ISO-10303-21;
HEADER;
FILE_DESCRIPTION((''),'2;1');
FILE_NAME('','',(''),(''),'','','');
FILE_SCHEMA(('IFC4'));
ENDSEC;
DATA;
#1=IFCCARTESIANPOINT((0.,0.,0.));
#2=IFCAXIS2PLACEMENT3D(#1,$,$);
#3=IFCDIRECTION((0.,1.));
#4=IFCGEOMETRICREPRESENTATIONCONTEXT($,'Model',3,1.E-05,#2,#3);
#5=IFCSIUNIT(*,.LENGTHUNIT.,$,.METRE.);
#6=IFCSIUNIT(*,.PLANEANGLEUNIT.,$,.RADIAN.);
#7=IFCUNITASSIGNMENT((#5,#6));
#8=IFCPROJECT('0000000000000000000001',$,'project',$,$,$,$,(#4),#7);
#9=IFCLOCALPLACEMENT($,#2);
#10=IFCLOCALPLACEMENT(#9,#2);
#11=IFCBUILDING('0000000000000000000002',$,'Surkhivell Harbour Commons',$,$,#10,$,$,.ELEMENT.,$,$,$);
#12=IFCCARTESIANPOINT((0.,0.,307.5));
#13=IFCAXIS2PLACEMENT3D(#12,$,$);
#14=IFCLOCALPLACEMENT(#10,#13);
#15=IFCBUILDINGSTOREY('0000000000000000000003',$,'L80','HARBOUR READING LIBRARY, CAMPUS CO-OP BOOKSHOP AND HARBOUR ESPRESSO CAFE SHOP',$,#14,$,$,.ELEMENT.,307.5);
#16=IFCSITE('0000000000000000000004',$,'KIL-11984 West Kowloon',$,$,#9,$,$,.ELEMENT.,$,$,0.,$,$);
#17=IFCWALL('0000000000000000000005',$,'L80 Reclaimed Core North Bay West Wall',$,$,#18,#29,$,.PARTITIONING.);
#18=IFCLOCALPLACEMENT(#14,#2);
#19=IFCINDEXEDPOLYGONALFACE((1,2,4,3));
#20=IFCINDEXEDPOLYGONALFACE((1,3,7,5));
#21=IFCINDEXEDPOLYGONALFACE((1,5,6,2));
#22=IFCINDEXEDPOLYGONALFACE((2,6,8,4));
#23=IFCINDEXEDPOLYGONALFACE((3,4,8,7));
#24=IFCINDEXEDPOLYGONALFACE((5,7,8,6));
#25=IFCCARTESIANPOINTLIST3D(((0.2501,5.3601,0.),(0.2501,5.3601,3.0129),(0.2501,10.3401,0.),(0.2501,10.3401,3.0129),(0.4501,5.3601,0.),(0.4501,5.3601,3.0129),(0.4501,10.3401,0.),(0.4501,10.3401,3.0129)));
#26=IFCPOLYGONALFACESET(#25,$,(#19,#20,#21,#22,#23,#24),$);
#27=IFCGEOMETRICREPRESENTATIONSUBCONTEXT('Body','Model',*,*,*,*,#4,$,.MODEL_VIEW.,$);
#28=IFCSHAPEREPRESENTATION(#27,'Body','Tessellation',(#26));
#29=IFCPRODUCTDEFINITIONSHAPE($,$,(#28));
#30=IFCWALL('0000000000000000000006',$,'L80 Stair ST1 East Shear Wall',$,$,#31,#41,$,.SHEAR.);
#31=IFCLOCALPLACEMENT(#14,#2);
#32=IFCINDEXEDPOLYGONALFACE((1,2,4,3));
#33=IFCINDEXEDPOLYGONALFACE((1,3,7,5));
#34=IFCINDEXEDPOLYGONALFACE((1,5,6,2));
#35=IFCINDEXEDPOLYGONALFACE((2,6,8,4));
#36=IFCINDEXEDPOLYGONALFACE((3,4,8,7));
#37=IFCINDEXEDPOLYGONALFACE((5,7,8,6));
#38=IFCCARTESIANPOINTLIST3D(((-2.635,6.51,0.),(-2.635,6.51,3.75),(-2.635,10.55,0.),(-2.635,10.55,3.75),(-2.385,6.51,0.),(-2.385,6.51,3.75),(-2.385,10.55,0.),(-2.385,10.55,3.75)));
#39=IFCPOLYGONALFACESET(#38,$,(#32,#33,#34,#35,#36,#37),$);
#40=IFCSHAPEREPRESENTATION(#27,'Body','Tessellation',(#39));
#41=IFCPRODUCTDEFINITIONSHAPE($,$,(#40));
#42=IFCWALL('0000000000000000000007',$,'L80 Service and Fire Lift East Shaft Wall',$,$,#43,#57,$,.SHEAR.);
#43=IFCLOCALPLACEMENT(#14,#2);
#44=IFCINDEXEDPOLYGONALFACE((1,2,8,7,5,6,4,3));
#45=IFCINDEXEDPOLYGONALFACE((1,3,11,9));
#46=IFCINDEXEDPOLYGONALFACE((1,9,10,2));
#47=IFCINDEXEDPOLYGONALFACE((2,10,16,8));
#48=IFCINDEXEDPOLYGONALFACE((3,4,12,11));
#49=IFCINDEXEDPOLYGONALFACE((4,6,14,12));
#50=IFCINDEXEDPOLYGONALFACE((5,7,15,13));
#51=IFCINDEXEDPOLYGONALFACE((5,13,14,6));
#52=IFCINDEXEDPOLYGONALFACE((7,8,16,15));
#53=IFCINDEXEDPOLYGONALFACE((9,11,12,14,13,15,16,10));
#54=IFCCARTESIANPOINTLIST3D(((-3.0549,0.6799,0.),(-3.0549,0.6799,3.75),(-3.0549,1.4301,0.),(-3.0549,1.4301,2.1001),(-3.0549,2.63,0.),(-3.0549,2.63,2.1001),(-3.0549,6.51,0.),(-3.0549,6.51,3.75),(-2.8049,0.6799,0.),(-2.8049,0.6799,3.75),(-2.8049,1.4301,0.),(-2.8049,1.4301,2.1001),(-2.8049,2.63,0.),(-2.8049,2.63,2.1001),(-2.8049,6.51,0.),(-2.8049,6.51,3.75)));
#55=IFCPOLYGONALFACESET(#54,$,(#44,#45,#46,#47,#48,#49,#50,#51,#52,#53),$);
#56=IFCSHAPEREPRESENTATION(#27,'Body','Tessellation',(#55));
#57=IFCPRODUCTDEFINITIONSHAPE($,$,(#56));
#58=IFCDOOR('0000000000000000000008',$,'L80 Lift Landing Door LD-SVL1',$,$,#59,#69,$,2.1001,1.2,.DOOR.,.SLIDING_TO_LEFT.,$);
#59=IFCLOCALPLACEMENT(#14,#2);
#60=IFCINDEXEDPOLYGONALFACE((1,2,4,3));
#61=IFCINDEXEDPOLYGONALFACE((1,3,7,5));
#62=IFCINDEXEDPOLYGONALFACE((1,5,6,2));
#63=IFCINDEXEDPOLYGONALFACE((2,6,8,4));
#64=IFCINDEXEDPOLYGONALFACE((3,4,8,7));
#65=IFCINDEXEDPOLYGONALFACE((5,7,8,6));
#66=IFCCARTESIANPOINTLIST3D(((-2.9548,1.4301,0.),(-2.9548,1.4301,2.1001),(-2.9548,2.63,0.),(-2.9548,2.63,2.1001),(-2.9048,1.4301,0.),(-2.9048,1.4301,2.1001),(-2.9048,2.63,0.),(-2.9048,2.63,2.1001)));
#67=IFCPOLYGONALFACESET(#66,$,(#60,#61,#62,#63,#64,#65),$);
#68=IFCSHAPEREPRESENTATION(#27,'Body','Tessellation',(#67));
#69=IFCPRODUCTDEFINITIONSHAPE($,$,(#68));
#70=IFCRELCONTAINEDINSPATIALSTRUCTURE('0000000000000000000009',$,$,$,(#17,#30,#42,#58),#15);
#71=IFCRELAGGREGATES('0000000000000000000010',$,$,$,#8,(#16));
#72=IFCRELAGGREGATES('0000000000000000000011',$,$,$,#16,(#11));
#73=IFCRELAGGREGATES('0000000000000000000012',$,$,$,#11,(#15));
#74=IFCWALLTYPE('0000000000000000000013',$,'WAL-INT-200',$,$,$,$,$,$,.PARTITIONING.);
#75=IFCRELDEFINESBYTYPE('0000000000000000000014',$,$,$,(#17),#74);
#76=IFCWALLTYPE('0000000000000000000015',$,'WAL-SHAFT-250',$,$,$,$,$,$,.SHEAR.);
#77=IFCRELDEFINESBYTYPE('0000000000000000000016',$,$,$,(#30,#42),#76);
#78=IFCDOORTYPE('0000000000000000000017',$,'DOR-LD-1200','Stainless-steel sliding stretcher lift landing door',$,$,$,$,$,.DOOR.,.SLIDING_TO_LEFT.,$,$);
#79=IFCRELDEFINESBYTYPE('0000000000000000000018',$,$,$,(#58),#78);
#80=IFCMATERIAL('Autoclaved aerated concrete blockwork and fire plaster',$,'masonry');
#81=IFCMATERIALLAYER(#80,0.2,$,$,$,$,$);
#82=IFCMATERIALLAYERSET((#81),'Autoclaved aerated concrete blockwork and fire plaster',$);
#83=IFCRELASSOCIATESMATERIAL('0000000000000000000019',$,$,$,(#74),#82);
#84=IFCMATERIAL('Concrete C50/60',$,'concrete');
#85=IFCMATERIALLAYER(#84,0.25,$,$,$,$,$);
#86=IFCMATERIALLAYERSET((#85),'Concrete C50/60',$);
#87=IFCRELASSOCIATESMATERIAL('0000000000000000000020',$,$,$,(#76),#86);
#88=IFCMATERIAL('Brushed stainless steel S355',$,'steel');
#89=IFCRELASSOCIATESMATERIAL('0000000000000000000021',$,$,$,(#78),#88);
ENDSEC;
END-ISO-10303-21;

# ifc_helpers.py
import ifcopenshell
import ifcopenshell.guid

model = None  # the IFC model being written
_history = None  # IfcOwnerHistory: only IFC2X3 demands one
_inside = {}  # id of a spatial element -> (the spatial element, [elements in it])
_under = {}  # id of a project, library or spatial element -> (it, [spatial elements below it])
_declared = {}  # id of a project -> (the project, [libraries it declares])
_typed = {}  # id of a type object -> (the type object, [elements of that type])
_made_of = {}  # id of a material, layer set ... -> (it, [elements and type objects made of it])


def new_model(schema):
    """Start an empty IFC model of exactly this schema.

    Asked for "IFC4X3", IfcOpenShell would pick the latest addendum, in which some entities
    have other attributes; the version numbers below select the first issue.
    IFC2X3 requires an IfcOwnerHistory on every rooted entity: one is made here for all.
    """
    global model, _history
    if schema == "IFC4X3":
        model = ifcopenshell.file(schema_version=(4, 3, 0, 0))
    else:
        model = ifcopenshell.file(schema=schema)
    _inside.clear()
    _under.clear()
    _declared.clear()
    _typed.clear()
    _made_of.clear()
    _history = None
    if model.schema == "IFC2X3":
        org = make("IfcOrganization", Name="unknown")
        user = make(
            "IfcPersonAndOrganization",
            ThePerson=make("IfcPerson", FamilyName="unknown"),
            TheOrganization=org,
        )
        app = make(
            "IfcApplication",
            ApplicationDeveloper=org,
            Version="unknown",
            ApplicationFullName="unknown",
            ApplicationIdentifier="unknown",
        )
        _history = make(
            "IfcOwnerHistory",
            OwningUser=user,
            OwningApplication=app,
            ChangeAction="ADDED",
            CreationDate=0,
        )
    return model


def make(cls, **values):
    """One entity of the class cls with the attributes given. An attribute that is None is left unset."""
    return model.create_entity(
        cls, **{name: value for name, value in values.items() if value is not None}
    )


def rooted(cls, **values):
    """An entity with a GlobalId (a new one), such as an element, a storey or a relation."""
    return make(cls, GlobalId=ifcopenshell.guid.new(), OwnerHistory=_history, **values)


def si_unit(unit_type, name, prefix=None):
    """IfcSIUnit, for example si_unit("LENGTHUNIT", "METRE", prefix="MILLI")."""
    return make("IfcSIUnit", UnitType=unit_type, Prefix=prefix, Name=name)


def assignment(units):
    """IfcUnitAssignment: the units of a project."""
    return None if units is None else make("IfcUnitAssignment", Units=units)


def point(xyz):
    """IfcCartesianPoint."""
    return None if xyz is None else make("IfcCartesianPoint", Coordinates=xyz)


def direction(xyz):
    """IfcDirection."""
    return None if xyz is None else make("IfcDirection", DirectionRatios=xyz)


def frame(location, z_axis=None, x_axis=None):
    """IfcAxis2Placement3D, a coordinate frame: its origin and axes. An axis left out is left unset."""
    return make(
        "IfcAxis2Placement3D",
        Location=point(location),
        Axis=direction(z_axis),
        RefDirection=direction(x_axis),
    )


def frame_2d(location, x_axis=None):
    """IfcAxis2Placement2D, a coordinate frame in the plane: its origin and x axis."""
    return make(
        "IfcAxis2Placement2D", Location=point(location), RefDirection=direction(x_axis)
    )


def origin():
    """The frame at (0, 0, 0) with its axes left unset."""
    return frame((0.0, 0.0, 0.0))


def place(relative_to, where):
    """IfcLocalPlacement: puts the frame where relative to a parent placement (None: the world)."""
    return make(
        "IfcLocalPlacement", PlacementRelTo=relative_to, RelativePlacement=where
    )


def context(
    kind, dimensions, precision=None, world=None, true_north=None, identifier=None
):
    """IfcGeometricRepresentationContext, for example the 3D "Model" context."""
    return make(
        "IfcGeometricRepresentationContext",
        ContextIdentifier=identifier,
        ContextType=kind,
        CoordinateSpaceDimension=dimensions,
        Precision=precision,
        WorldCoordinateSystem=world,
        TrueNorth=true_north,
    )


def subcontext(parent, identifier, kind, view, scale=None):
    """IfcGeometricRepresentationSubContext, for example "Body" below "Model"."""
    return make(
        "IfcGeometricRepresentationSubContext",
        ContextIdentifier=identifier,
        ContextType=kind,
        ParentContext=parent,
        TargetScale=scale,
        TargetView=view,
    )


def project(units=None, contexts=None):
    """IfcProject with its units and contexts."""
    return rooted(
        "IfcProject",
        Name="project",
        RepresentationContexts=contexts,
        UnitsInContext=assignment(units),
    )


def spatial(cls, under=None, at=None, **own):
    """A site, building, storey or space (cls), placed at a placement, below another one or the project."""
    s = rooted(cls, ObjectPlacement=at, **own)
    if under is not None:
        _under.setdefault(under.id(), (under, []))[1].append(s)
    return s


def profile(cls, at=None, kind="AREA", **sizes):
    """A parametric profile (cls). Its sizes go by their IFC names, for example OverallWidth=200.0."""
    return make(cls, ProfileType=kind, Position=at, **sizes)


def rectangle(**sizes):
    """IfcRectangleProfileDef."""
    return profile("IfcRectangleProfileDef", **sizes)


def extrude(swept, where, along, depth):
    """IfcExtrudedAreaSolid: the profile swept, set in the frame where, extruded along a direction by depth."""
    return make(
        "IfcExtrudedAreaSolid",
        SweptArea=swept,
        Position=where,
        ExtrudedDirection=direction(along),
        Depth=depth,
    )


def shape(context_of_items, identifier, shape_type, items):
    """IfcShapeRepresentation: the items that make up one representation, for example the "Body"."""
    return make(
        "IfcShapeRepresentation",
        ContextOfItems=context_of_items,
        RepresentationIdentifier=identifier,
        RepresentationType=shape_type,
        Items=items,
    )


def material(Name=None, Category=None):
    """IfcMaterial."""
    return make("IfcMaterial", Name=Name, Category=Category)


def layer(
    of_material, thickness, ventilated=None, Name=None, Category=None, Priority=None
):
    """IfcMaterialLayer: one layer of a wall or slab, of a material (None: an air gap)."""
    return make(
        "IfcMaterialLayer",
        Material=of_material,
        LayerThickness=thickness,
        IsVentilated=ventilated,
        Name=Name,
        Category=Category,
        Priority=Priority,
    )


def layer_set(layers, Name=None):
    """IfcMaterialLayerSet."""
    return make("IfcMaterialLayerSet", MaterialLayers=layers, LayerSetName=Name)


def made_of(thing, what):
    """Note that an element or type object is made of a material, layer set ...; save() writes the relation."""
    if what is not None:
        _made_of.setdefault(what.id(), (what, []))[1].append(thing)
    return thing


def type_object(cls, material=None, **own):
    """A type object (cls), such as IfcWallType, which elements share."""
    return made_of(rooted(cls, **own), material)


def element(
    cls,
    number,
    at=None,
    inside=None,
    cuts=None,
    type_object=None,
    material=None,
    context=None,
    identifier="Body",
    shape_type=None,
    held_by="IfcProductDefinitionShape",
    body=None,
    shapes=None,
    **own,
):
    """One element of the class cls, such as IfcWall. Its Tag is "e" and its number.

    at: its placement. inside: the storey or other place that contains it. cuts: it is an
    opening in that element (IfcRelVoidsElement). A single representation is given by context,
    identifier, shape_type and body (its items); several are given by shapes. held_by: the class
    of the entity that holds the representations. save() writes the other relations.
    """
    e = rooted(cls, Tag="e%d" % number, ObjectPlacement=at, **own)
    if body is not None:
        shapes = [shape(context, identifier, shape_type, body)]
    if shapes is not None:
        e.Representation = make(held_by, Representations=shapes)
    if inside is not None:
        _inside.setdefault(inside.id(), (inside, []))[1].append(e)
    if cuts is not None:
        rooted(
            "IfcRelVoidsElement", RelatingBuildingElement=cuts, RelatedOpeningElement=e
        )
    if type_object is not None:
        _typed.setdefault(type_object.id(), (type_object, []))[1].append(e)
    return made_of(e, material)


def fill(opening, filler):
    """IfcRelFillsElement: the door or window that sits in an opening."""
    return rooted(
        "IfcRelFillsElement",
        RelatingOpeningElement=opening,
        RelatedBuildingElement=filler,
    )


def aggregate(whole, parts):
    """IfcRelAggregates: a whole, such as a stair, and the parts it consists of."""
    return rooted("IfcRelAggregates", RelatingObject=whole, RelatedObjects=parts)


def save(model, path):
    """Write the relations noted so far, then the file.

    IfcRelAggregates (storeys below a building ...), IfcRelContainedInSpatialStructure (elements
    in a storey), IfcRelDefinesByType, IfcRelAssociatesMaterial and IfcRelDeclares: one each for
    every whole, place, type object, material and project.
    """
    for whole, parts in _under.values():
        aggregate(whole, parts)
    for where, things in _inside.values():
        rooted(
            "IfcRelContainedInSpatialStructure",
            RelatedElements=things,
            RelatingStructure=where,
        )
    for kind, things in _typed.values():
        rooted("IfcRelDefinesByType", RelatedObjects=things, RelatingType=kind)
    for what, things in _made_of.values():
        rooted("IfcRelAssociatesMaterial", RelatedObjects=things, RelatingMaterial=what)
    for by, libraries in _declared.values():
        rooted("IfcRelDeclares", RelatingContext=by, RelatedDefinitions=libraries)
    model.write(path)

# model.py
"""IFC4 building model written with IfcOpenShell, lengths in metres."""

from ifc_helpers import new_model, si_unit, direction, frame, frame_2d, origin, place, context, subcontext, project, spatial, rectangle, extrude, material, layer, layer_set, type_object, element, fill, save


model = new_model("IFC4")

# Units and contexts
model_context = context("Model", 3, precision=1e-05, world=origin(), true_north=direction((0.0, 1.0)))
body_context = subcontext(model_context, "Body", "Model", "MODEL_VIEW")
ifc_project = project(units=[si_unit("LENGTHUNIT", "METRE"), si_unit("PLANEANGLEUNIT", "RADIAN")], contexts=[model_context])

# Site, building, storey
site_placement = place(None, origin())
site = spatial("IfcSite", under=ifc_project, at=site_placement, Name="KIL-11984 West Kowloon", CompositionType="ELEMENT", RefElevation=0.0)
building_placement = place(site_placement, origin())
building = spatial("IfcBuilding", under=site, at=building_placement, Name="Surkhivell Harbour Commons", CompositionType="ELEMENT")
storey_placement = place(building_placement, frame((0.0, 0.0, 307.5)))
storey = spatial("IfcBuildingStorey", under=building, at=storey_placement, Name="L80", Description="HARBOUR READING LIBRARY, CAMPUS CO-OP BOOKSHOP AND HARBOUR ESPRESSO CAFE SHOP", CompositionType="ELEMENT", Elevation=307.5)

# Shared definitions
ifc_material_1 = material(Name="Concrete C50/60", Category="concrete")

# Shared definitions
ifc_material_2 = material(Name="Autoclaved aerated concrete blockwork and fire plaster", Category="masonry")
ifc_layer_1 = layer(ifc_material_2, 0.2)
ifc_layer_set_1 = layer_set([ifc_layer_1], Name="Autoclaved aerated concrete blockwork and fire plaster")
wall_type_1 = type_object("IfcWallType", Name="WAL-INT-200", PredefinedType="PARTITIONING", material=ifc_layer_set_1)

# Walls
wall_1_placement = place(storey_placement, frame((0.3501, 5.3601, 0.0), z_axis=(0.0, 0.0, 1.0), x_axis=(0.0, 1.0, 0.0)))
element("IfcWall", 1, at=wall_1_placement, inside=storey, type_object=wall_type_1, Name="L80 Reclaimed Core North Bay West Wall", PredefinedType="PARTITIONING", context=body_context, shape_type="SweptSolid", body=[
    extrude(rectangle(XDim=4.98, YDim=0.2, at=frame_2d((2.49, 0.0))), origin(), (0.0, 0.0, 1.0), 3.0129),
])
ifc_layer_2 = layer(ifc_material_1, 0.25)
ifc_layer_set_2 = layer_set([ifc_layer_2], Name="Concrete C50/60")
wall_type_2 = type_object("IfcWallType", Name="WAL-SHAFT-250", PredefinedType="SHEAR", material=ifc_layer_set_2)
wall_2_placement = place(storey_placement, frame((-2.51, 6.51, 0.0), z_axis=(0.0, 0.0, 1.0), x_axis=(0.0, 1.0, 0.0)))
element("IfcWall", 2, at=wall_2_placement, inside=storey, type_object=wall_type_2, Name="L80 Stair ST1 East Shear Wall", PredefinedType="SHEAR", context=body_context, shape_type="SweptSolid", body=[
    extrude(rectangle(XDim=4.04, YDim=0.25, at=frame_2d((2.02, 0.0))), origin(), (0.0, 0.0, 1.0), 3.75),
])

# Wall, opening, door
wall_3_placement = place(storey_placement, frame((-2.9299, 0.6799, 0.0), z_axis=(0.0, 0.0, 1.0), x_axis=(0.0, 1.0, 0.0)))
wall_3 = element("IfcWall", 3, at=wall_3_placement, inside=storey, type_object=wall_type_2, Name="L80 Service and Fire Lift East Shaft Wall", PredefinedType="SHEAR", context=body_context, shape_type="SweptSolid", body=[
    extrude(rectangle(XDim=5.8301, YDim=0.25, at=frame_2d((2.915, 0.0))), origin(), (0.0, 0.0, 1.0), 3.75),
])
opening_1_placement = place(wall_3_placement, frame((0.75, 0.0, 0.0)))
opening_1 = element("IfcOpeningElement", 4, at=opening_1_placement, cuts=wall_3, PredefinedType="OPENING", context=body_context, shape_type="SweptSolid", body=[
    extrude(rectangle(XDim=1.2, YDim=2.1001, at=frame_2d((0.6001, 1.05))), frame((0.0, 0.135, 0.0), z_axis=(0.0, -1.0, 0.0), x_axis=(1.0, 0.0, 0.0)), (0.0, 0.0, 1.0), 0.27),
])
ifc_material_3 = material(Name="Brushed stainless steel S355", Category="steel")
door_type_1 = type_object("IfcDoorType", Name="DOR-LD-1200", Description="Stainless-steel sliding stretcher lift landing door", OperationType="SLIDING_TO_LEFT", PredefinedType="DOOR", material=ifc_material_3)
door_1_placement = place(opening_1_placement, origin())
door_1 = element("IfcDoor", 5, at=door_1_placement, inside=storey, type_object=door_type_1, Name="L80 Lift Landing Door LD-SVL1", OperationType="SLIDING_TO_LEFT", OverallHeight=2.1001, OverallWidth=1.2, PredefinedType="DOOR", context=body_context, shape_type="SweptSolid", body=[
    extrude(rectangle(XDim=1.2, YDim=2.1001, at=frame_2d((0.6001, 1.05))), frame((0.0, 0.0249, 0.0), z_axis=(0.0, -1.0, 0.0), x_axis=(1.0, 0.0, 0.0)), (0.0, 0.0, 1.0), 0.05),
])
fill(opening_1, door_1)

save(model, "model.ifc")
